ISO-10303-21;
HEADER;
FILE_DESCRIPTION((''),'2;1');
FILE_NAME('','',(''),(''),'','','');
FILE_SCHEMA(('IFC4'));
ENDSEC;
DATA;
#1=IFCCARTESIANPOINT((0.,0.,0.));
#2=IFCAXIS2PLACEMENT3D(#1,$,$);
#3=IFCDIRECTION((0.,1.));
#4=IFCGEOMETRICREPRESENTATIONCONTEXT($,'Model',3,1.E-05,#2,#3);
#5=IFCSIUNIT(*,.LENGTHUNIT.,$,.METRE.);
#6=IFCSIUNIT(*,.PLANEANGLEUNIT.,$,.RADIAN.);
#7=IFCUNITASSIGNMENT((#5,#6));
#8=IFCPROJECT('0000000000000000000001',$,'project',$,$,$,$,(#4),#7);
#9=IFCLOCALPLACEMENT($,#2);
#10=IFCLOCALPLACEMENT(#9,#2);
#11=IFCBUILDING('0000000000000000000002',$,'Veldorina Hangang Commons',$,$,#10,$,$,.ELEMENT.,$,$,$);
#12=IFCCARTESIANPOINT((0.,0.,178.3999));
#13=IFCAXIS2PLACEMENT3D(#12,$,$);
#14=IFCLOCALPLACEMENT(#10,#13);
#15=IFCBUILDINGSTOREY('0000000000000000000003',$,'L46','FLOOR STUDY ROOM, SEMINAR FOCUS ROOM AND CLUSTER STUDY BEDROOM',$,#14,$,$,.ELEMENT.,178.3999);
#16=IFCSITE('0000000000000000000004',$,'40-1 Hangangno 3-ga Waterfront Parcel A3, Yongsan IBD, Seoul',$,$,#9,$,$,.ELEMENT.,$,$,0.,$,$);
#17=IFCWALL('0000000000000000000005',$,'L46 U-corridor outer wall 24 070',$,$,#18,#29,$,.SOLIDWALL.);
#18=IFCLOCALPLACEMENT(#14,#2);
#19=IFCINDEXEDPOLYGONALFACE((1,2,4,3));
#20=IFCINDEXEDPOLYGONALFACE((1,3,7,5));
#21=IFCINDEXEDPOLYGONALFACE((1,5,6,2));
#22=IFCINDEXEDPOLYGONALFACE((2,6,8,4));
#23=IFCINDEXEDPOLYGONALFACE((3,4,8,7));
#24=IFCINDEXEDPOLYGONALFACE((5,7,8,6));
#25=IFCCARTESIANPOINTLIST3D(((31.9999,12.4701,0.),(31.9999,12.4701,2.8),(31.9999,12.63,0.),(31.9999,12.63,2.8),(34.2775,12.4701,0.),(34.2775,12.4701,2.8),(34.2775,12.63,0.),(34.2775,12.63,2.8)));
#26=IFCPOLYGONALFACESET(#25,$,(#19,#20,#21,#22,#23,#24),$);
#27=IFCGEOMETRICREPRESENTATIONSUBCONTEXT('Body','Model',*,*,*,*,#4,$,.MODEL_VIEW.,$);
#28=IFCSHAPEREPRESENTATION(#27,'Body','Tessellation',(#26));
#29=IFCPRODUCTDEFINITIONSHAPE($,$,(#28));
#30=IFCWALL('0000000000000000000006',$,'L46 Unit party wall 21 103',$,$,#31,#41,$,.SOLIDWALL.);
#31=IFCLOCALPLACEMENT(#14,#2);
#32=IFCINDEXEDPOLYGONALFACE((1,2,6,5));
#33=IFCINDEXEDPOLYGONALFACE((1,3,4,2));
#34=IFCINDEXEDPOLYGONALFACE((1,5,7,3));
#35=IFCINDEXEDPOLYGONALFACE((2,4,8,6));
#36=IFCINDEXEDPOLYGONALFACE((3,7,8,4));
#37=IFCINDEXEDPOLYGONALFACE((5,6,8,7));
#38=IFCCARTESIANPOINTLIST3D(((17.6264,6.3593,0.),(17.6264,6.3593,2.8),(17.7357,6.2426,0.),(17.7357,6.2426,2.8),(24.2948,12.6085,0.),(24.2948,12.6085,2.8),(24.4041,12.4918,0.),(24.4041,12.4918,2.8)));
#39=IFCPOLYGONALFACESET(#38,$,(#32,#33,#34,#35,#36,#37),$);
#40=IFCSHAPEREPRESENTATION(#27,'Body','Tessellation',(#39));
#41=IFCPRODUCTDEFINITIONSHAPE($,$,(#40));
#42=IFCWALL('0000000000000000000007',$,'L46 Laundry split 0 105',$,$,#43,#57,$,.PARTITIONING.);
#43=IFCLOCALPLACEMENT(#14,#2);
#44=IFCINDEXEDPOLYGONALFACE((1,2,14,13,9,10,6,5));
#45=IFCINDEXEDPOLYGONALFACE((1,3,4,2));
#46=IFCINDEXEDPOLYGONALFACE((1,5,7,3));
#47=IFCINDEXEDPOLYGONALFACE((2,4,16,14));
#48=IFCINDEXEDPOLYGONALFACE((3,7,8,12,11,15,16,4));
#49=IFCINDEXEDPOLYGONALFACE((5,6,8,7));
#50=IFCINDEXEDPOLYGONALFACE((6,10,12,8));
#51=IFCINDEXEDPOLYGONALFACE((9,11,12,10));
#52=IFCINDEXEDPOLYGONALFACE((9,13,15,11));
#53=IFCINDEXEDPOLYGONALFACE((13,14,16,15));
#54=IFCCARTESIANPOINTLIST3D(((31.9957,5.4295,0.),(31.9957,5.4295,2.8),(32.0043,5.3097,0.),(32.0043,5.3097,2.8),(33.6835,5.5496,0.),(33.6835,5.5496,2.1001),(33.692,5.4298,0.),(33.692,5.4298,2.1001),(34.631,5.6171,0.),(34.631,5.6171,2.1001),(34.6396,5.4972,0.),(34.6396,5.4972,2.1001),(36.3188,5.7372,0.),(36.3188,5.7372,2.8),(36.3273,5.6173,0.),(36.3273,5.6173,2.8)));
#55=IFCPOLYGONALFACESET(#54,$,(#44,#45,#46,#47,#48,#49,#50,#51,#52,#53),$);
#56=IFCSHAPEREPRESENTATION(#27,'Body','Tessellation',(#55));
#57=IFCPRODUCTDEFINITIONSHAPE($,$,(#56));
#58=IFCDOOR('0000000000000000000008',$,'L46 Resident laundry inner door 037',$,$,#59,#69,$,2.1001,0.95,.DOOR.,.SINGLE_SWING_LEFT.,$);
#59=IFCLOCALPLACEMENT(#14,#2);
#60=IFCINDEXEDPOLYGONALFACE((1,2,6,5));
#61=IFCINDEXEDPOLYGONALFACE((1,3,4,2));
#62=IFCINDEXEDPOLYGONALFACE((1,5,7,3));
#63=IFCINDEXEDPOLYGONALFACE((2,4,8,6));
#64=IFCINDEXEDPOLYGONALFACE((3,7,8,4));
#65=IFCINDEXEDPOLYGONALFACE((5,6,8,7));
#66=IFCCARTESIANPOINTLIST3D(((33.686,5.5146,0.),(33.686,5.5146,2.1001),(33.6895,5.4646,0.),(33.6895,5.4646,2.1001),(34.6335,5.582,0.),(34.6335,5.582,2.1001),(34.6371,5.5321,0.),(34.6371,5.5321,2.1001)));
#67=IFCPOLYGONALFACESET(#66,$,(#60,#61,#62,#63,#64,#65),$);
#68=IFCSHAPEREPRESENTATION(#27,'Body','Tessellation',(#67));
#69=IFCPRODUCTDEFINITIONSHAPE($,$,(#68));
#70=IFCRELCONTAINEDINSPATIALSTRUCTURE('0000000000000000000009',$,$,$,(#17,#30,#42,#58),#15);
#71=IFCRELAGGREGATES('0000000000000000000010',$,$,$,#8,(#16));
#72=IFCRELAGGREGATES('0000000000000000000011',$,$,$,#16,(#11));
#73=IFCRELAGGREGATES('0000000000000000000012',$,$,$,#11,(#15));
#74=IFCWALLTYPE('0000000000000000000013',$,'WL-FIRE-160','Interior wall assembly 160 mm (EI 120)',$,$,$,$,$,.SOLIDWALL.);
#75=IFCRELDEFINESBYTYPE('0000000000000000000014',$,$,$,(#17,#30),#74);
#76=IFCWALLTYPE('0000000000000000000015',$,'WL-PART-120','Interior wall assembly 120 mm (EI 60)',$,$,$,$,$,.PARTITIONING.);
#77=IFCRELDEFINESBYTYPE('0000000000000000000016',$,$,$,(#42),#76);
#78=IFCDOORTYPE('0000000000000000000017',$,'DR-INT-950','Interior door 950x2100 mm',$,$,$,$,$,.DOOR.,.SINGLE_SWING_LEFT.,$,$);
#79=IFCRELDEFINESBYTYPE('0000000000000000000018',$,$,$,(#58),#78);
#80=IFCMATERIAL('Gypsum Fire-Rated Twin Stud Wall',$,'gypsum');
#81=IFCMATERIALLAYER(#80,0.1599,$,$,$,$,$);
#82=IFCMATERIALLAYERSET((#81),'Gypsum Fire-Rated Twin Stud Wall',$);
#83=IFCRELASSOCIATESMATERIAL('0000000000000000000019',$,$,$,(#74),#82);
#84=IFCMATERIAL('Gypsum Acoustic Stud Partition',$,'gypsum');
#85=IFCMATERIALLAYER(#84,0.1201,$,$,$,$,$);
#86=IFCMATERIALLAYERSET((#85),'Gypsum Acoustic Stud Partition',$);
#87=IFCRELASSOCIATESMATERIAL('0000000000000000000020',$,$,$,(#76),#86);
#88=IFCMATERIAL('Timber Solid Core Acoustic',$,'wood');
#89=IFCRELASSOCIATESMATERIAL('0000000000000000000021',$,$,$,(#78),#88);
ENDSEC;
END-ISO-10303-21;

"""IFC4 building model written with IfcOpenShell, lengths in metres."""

from ifc_helpers import new_model, si_unit, direction, frame, frame_2d, origin, place, context, subcontext, project, spatial, rectangle, extrude, material, layer, layer_set, type_object, element, fill, save


model = new_model("IFC4")

# Units and contexts
model_context = context("Model", 3, precision=1e-05, world=origin(), true_north=direction((0.0, 1.0)))
body_context = subcontext(model_context, "Body", "Model", "MODEL_VIEW")
ifc_project = project(units=[si_unit("LENGTHUNIT", "METRE"), si_unit("PLANEANGLEUNIT", "RADIAN")], contexts=[model_context])

# Site, building, storey
site_placement = place(None, origin())
site = spatial("IfcSite", under=ifc_project, at=site_placement, Name="40-1 Hangangno 3-ga Waterfront Parcel A3, Yongsan IBD, Seoul", CompositionType="ELEMENT", RefElevation=0.0)
building_placement = place(site_placement, origin())
building = spatial("IfcBuilding", under=site, at=building_placement, Name="Veldorina Hangang Commons", CompositionType="ELEMENT")
storey_placement = place(building_placement, frame((0.0, 0.0, 178.3999)))
storey = spatial("IfcBuildingStorey", under=building, at=storey_placement, Name="L46", Description="FLOOR STUDY ROOM, SEMINAR FOCUS ROOM AND CLUSTER STUDY BEDROOM", CompositionType="ELEMENT", Elevation=178.3999)

# Shared definitions
ifc_material_1 = material(Name="Gypsum Fire-Rated Twin Stud Wall", Category="gypsum")
ifc_layer_1 = layer(ifc_material_1, 0.1599)
ifc_layer_set_1 = layer_set([ifc_layer_1], Name="Gypsum Fire-Rated Twin Stud Wall")
wall_type_1 = type_object("IfcWallType", Name="WL-FIRE-160", Description="Interior wall assembly 160 mm (EI 120)", PredefinedType="SOLIDWALL", material=ifc_layer_set_1)

# Shared definitions
ifc_material_2 = material(Name="Timber Solid Core Acoustic", Category="wood")

# Walls
for number, where, z_axis, x_axis, name in (
    (1, (32.0, 12.55, 0.0), (0.0, 0.0, 1.0), (1.0, 0.0, 0.0), "L46 U-corridor outer wall 24 070"),
):
    element("IfcWall", number, at=place(storey_placement, frame(where, z_axis=z_axis, x_axis=x_axis)), inside=storey, type_object=wall_type_1, Name=name, PredefinedType="SOLIDWALL", context=body_context, shape_type="SweptSolid", body=[
        extrude(rectangle(XDim=2.2776, YDim=0.1599, at=frame_2d((1.1387, 0.0))), origin(), (0.0, 0.0, 1.0), 2.8),
    ])
wall_1_placement = place(storey_placement, frame((24.3494, 12.55, 0.0), z_axis=(0.0, 0.0, 1.0), x_axis=(-0.729669, -0.683801, 0.0)))
element("IfcWall", 2, at=wall_1_placement, inside=storey, type_object=wall_type_1, Name="L46 Unit party wall 21 103", PredefinedType="SOLIDWALL", context=body_context, shape_type="SweptSolid", body=[
    extrude(rectangle(XDim=9.1389, YDim=0.1599, at=frame_2d((4.5693, 0.0))), origin(), (0.0, 0.0, 1.0), 2.8),
])

# Wall, opening, door
ifc_material_3 = material(Name="Gypsum Acoustic Stud Partition", Category="gypsum")
ifc_layer_2 = layer(ifc_material_3, 0.1201)
ifc_layer_set_2 = layer_set([ifc_layer_2], Name="Gypsum Acoustic Stud Partition")
wall_type_2 = type_object("IfcWallType", Name="WL-PART-120", Description="Interior wall assembly 120 mm (EI 60)", PredefinedType="PARTITIONING", material=ifc_layer_set_2)
wall_2_placement = place(storey_placement, frame((32.0, 5.3696, 0.0), z_axis=(0.0, 0.0, 1.0), x_axis=(0.997478, 0.070979, 0.0)))
wall_2 = element("IfcWall", 3, at=wall_2_placement, inside=storey, type_object=wall_type_2, Name="L46 Laundry split 0 105", PredefinedType="PARTITIONING", context=body_context, shape_type="SweptSolid", body=[
    extrude(rectangle(XDim=4.334, YDim=0.1201, at=frame_2d((2.167, 0.0))), origin(), (0.0, 0.0, 1.0), 2.8),
])
opening_1_placement = place(wall_2_placement, frame((1.6919, 0.0, 0.0)))
opening_1 = element("IfcOpeningElement", 4, at=opening_1_placement, cuts=wall_2, PredefinedType="OPENING", context=body_context, shape_type="SweptSolid", body=[
    extrude(rectangle(XDim=0.95, YDim=2.1001, at=frame_2d((0.4751, 1.05))), frame((0.0, 0.0701, 0.0), z_axis=(0.0, -1.0, 0.0), x_axis=(1.0, 0.0, 0.0)), (0.0, 0.0, 1.0), 0.1401),
])
door_type_1 = type_object("IfcDoorType", Name="DR-INT-950", Description="Interior door 950x2100 mm", OperationType="SINGLE_SWING_LEFT", PredefinedType="DOOR", material=ifc_material_2)
door_1_placement = place(opening_1_placement, origin())
door_1 = element("IfcDoor", 5, at=door_1_placement, inside=storey, type_object=door_type_1, Name="L46 Resident laundry inner door 037", OperationType="SINGLE_SWING_LEFT", OverallHeight=2.1001, OverallWidth=0.95, PredefinedType="DOOR", context=body_context, shape_type="SweptSolid", body=[
    extrude(rectangle(XDim=0.95, YDim=2.1001, at=frame_2d((0.4751, 1.05))), frame((0.0, 0.0249, 0.0), z_axis=(0.0, -1.0, 0.0), x_axis=(1.0, 0.0, 0.0)), (0.0, 0.0, 1.0), 0.05),
])
fill(opening_1, door_1)

save(model, "model.ifc")
